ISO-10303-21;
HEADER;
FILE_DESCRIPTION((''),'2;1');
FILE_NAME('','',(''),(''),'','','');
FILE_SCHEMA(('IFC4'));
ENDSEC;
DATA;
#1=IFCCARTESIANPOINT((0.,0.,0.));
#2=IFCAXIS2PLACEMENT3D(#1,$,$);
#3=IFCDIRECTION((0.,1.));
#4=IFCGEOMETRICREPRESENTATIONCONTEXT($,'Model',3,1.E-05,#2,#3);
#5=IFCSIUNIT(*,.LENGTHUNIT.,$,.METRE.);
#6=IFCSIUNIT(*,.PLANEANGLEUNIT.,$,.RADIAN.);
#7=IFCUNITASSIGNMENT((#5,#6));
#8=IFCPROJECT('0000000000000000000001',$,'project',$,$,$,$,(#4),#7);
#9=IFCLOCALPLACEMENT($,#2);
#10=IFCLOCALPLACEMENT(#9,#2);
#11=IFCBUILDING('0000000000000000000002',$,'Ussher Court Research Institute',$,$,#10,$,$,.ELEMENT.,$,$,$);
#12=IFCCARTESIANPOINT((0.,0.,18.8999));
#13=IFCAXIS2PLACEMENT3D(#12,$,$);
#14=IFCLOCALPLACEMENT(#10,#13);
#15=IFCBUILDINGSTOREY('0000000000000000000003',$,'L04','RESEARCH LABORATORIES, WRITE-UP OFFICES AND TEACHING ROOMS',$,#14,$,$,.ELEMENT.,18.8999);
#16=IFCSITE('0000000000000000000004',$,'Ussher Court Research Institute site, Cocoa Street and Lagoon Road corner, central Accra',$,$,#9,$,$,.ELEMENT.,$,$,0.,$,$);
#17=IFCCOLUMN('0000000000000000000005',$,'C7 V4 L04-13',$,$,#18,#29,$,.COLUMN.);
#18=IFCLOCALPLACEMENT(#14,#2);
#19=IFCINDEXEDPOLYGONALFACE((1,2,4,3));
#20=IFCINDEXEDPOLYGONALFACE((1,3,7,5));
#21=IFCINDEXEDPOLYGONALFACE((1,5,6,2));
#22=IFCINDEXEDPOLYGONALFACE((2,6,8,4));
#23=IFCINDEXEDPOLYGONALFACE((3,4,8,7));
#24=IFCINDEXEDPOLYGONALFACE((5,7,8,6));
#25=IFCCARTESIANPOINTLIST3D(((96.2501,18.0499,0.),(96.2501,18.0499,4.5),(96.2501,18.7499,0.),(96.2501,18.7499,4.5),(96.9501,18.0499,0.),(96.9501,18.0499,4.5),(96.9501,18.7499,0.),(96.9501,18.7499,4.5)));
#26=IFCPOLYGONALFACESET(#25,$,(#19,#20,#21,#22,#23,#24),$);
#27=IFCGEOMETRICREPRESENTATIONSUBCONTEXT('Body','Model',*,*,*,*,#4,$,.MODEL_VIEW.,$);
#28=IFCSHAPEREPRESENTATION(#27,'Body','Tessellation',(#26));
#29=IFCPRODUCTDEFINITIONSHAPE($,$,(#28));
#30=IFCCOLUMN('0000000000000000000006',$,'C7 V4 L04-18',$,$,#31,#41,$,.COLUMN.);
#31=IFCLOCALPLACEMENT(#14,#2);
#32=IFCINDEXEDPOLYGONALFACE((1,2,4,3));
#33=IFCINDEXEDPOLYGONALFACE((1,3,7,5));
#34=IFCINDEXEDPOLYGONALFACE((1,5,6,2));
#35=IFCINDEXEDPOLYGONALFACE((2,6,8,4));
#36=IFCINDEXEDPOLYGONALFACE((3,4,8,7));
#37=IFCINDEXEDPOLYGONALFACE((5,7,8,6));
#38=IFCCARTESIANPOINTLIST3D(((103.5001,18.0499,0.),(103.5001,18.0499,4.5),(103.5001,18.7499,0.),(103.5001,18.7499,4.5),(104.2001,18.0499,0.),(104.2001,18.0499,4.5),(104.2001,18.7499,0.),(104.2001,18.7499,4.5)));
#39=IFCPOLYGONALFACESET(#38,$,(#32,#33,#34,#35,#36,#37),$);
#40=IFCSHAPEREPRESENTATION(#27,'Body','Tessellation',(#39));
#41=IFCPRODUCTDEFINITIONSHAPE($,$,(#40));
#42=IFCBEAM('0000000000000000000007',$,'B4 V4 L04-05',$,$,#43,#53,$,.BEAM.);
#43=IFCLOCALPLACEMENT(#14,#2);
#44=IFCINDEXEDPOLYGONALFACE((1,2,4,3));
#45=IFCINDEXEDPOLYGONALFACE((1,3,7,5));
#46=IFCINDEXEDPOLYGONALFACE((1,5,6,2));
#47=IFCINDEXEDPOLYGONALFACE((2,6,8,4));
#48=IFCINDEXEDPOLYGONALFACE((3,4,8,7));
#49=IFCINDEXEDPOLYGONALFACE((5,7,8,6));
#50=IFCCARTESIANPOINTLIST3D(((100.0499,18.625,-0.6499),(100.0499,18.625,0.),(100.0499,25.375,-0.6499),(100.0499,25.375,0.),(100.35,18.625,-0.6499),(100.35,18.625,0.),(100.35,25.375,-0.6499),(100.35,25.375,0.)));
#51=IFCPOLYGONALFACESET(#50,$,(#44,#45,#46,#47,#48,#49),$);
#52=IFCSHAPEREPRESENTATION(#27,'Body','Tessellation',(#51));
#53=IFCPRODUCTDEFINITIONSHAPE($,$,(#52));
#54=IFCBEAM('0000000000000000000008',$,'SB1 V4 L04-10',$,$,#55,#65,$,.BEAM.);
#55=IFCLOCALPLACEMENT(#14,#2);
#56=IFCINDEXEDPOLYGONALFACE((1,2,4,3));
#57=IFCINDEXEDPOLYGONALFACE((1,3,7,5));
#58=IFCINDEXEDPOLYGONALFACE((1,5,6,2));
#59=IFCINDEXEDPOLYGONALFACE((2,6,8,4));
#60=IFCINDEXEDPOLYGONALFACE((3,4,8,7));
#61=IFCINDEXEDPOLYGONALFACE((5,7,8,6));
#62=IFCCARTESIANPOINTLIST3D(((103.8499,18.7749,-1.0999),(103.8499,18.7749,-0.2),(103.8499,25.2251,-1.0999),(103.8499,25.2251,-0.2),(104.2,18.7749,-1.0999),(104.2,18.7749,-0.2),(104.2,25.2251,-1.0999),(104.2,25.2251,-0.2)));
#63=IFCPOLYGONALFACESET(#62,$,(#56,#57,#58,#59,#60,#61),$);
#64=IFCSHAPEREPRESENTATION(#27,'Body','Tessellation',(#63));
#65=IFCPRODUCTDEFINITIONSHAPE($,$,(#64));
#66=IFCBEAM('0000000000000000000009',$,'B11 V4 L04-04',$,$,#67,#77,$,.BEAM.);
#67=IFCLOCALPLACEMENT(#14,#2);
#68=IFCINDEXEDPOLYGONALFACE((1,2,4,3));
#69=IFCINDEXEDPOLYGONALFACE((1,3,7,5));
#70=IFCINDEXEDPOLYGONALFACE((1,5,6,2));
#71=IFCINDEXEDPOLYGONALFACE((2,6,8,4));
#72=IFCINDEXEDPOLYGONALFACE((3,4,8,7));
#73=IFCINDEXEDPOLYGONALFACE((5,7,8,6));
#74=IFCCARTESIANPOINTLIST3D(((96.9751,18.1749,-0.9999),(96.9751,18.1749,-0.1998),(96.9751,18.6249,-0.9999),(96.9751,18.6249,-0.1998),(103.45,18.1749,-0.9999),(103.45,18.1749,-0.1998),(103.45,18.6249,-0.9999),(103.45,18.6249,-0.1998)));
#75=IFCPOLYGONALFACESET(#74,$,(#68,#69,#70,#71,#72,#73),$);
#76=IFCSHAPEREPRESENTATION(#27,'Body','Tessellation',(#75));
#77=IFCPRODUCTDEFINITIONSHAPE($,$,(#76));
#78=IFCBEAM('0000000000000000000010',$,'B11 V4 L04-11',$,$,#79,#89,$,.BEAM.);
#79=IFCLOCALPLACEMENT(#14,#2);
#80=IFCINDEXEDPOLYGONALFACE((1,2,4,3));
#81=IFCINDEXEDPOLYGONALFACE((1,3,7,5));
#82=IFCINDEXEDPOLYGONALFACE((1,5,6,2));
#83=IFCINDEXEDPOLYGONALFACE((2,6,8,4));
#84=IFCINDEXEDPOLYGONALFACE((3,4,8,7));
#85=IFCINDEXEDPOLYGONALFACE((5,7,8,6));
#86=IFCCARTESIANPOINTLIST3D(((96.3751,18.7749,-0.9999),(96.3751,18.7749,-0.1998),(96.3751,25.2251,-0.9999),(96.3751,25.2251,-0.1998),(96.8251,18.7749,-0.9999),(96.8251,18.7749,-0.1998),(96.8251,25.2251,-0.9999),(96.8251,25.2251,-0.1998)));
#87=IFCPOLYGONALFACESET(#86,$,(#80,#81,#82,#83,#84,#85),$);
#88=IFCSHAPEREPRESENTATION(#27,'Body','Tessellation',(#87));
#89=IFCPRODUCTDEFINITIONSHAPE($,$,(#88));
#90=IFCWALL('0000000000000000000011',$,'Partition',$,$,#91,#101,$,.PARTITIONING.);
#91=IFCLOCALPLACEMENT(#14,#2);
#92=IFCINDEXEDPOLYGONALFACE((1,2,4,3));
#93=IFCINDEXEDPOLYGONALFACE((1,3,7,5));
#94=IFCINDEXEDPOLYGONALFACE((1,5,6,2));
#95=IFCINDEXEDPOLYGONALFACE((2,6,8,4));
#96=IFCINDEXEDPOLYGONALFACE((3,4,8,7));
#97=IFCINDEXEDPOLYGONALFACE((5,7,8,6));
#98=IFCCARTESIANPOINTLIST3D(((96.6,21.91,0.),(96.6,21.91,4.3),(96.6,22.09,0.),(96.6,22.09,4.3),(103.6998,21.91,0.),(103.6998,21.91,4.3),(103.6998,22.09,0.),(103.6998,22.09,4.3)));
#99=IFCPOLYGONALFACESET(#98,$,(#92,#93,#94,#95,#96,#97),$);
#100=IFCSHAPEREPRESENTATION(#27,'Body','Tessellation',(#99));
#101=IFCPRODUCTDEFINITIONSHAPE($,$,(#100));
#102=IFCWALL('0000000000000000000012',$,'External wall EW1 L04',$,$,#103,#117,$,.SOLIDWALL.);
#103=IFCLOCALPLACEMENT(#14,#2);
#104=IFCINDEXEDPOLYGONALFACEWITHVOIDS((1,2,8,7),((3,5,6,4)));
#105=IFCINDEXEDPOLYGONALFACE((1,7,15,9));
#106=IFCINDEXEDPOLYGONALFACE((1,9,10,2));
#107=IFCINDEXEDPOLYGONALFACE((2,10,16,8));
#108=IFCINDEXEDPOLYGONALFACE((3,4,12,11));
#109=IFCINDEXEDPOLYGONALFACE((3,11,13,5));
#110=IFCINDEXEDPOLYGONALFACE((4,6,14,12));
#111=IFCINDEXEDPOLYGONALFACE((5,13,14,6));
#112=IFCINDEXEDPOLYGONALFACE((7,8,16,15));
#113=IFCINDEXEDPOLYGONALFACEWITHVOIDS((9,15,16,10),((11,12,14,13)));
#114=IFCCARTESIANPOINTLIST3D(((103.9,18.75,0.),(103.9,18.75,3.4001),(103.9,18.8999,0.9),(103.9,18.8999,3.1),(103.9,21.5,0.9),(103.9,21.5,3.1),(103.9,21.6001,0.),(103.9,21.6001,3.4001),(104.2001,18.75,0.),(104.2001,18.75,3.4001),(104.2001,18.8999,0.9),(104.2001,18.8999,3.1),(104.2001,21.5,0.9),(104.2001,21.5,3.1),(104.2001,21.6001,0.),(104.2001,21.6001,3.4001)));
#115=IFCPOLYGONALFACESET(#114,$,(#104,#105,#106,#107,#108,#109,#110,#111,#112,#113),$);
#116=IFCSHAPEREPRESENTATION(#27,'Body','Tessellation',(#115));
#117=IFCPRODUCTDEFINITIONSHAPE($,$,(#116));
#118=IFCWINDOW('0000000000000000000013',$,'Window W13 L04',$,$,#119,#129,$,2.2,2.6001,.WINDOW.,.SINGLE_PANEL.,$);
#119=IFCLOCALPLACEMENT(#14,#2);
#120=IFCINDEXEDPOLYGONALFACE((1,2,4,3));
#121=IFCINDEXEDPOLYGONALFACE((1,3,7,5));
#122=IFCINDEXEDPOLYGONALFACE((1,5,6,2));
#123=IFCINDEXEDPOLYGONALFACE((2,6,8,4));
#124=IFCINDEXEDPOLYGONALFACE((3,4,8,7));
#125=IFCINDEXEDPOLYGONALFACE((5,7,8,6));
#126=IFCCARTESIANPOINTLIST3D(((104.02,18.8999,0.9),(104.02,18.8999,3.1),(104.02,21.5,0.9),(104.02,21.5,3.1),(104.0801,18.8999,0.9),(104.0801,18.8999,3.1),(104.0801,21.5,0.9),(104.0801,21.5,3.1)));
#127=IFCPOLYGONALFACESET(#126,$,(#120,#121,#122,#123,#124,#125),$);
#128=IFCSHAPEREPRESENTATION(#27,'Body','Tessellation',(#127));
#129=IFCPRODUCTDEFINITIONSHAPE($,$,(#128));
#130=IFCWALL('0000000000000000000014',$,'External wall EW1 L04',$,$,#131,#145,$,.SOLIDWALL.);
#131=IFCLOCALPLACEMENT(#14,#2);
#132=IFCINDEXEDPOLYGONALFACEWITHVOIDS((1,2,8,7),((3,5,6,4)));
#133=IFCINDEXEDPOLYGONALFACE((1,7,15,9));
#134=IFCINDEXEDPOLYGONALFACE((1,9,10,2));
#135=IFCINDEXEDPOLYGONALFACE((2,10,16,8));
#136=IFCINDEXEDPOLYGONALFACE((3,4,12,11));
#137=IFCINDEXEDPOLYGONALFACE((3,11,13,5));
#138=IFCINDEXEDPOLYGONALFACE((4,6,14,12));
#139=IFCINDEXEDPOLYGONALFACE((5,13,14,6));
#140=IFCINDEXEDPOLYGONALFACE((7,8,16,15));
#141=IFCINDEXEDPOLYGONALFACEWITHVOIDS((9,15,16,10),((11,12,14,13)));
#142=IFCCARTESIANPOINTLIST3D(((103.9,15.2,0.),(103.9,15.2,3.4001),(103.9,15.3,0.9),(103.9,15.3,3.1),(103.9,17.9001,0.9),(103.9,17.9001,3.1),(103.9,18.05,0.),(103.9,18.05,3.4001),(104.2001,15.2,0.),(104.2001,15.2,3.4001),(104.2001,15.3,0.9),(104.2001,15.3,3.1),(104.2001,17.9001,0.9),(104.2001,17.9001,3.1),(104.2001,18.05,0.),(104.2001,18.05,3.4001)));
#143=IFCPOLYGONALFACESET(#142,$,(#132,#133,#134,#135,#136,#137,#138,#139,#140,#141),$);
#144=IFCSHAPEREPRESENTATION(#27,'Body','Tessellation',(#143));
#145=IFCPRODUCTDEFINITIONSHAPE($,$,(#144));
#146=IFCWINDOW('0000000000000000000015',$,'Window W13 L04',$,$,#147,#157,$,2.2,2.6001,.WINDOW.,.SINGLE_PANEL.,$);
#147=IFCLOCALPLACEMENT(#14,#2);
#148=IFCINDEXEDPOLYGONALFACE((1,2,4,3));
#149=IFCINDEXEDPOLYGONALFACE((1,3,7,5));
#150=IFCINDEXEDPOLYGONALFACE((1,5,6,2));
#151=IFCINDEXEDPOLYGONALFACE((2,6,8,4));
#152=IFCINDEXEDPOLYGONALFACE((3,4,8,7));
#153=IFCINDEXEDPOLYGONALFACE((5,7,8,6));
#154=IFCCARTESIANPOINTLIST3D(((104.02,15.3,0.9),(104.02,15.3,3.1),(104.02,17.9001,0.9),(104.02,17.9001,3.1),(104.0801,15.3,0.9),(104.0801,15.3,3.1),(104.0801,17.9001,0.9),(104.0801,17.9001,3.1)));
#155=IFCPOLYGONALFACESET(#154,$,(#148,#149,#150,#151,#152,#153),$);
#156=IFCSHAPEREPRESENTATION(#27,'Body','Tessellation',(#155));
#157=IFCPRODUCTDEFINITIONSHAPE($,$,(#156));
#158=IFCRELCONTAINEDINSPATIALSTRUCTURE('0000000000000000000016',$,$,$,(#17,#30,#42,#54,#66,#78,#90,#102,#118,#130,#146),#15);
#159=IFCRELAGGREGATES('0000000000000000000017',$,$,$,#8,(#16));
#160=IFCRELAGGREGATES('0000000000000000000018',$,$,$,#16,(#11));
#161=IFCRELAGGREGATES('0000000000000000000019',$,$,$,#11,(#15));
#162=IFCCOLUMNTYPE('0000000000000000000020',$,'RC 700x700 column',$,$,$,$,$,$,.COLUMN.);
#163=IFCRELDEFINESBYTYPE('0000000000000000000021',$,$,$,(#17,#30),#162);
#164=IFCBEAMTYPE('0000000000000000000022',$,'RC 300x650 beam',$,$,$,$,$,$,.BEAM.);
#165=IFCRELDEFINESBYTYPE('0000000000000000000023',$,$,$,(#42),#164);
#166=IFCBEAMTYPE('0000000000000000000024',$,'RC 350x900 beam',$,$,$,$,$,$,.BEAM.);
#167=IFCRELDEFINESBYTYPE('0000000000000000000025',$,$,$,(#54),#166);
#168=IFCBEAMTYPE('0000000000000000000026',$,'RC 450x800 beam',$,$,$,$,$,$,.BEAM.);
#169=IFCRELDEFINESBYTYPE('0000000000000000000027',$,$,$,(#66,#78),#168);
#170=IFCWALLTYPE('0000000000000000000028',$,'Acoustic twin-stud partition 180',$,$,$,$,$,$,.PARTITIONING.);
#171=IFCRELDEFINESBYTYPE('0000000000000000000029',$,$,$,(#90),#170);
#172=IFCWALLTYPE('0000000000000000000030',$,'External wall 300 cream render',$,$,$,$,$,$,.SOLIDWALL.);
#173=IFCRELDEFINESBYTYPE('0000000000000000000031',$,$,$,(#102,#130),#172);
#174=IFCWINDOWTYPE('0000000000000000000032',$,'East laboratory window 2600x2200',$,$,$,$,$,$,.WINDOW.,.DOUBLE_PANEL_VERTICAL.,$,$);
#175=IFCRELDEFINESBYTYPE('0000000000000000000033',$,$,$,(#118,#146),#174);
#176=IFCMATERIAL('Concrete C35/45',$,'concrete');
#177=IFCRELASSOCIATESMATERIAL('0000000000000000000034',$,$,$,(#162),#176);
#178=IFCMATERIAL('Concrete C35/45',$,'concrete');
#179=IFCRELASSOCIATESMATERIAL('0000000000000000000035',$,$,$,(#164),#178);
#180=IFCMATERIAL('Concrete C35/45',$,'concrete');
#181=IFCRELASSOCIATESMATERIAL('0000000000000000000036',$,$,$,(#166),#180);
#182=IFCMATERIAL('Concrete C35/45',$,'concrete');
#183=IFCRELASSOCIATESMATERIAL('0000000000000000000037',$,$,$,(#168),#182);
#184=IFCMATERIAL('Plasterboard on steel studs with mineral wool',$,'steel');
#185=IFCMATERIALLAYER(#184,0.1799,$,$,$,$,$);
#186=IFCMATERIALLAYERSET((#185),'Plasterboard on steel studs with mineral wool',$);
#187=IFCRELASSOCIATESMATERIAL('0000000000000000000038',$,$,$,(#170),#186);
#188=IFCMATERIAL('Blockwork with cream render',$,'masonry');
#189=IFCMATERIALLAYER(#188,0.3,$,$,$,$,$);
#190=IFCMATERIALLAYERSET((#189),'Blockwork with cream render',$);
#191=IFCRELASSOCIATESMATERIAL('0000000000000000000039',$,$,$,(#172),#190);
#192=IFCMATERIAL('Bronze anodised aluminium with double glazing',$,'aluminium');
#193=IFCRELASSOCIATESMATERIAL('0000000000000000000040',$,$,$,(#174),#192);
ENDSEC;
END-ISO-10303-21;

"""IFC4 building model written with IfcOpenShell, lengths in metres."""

from ifc_helpers import new_model, si_unit, direction, frame, frame_2d, origin, origin_2d, place, context, subcontext, project, spatial, rectangle, extrude, material, layer, layer_set, material_profile, profile_set, type_object, element, fill, save


model = new_model("IFC4")

# Units and contexts
model_context = context("Model", 3, precision=1e-05, world=origin(), true_north=direction((0.0, 1.0)))
body_context = subcontext(model_context, "Body", "Model", "MODEL_VIEW")
ifc_project = project(units=[si_unit("LENGTHUNIT", "METRE"), si_unit("PLANEANGLEUNIT", "RADIAN")], contexts=[model_context])

# Site, building, storey
site_placement = place(None, origin())
site = spatial("IfcSite", under=ifc_project, at=site_placement, Name="Ussher Court Research Institute site, Cocoa Street and Lagoon Road corner, central Accra", CompositionType="ELEMENT", RefElevation=0.0)
building_placement = place(site_placement, origin())
building = spatial("IfcBuilding", under=site, at=building_placement, Name="Ussher Court Research Institute", CompositionType="ELEMENT")
storey_placement = place(building_placement, frame((0.0, 0.0, 18.8999)))
storey = spatial("IfcBuildingStorey", under=building, at=storey_placement, Name="L04", Description="RESEARCH LABORATORIES, WRITE-UP OFFICES AND TEACHING ROOMS", CompositionType="ELEMENT", Elevation=18.8999)

# Columns
ifc_material_1 = material(Name="Concrete C35/45", Category="concrete")
ifc_material_profile_1 = material_profile(ifc_material_1, rectangle(XDim=0.7, YDim=0.7, at=origin_2d()), Name="RC 700x700")
ifc_profile_set_1 = profile_set([ifc_material_profile_1], Name="Concrete C35/45")
column_type = type_object("IfcColumnType", Name="RC 700x700 column", PredefinedType="COLUMN", material=ifc_profile_set_1)
for number, where, z_axis, x_axis, name in (
    (1, (96.6001, 18.3999, 0.0), (0.0, 0.0, 1.0), (1.0, 0.0, 0.0), "C7 V4 L04-13"),
    (2, (103.8501, 18.3999, 0.0), (0.0, 0.0, 1.0), (1.0, 0.0, 0.0), "C7 V4 L04-18"),
):
    element("IfcColumn", number, at=place(storey_placement, frame(where, z_axis=z_axis, x_axis=x_axis)), inside=storey, type_object=column_type, Name=name, PredefinedType="COLUMN", context=body_context, shape_type="SweptSolid", body=[
        extrude(rectangle(XDim=0.7, YDim=0.7, at=origin_2d()), origin(), (0.0, 0.0, 1.0), 4.5),
    ])

# Beams
ifc_material_2 = material(Name="Concrete C35/45", Category="concrete")
ifc_material_profile_2 = material_profile(ifc_material_2, rectangle(XDim=0.3, YDim=0.6499, at=origin_2d()), Name="RC 300x650")
ifc_profile_set_2 = profile_set([ifc_material_profile_2], Name="Concrete C35/45")
beam_type_1 = type_object("IfcBeamType", Name="RC 300x650 beam", PredefinedType="BEAM", material=ifc_profile_set_2)
beam_1_placement = place(storey_placement, frame((100.2, 18.625, -0.325), z_axis=(0.0, 1.0, 0.0), x_axis=(-1.0, 0.0, 0.0)))
element("IfcBeam", 3, at=beam_1_placement, inside=storey, type_object=beam_type_1, Name="B4 V4 L04-05", PredefinedType="BEAM", context=body_context, shape_type="SweptSolid", body=[
    extrude(rectangle(XDim=0.3, YDim=0.6499, at=origin_2d()), origin(), (0.0, 0.0, 1.0), 6.75),
])
ifc_material_3 = material(Name="Concrete C35/45", Category="concrete")
ifc_material_profile_3 = material_profile(ifc_material_3, rectangle(XDim=0.3501, YDim=0.8999, at=origin_2d()), Name="RC 350x900")
ifc_profile_set_3 = profile_set([ifc_material_profile_3], Name="Concrete C35/45")
beam_type_2 = type_object("IfcBeamType", Name="RC 350x900 beam", PredefinedType="BEAM", material=ifc_profile_set_3)
beam_2_placement = place(storey_placement, frame((104.0249, 18.7749, -0.6499), z_axis=(0.0, 1.0, 0.0), x_axis=(-1.0, 0.0, 0.0)))
element("IfcBeam", 4, at=beam_2_placement, inside=storey, type_object=beam_type_2, Name="SB1 V4 L04-10", PredefinedType="BEAM", context=body_context, shape_type="SweptSolid", body=[
    extrude(rectangle(XDim=0.3501, YDim=0.8999, at=origin_2d()), origin(), (0.0, 0.0, 1.0), 6.4502),
])
ifc_material_4 = material(Name="Concrete C35/45", Category="concrete")
ifc_material_profile_4 = material_profile(ifc_material_4, rectangle(XDim=0.45, YDim=0.8, at=origin_2d()), Name="RC 450x800")
ifc_profile_set_4 = profile_set([ifc_material_profile_4], Name="Concrete C35/45")
beam_type_3 = type_object("IfcBeamType", Name="RC 450x800 beam", PredefinedType="BEAM", material=ifc_profile_set_4)
beam_3_placement = place(storey_placement, frame((96.9751, 18.3999, -0.5999), z_axis=(1.0, 0.0, 0.0), x_axis=(0.0, 1.0, 0.0)))
element("IfcBeam", 5, at=beam_3_placement, inside=storey, type_object=beam_type_3, Name="B11 V4 L04-04", PredefinedType="BEAM", context=body_context, shape_type="SweptSolid", body=[
    extrude(rectangle(XDim=0.45, YDim=0.8, at=origin_2d()), origin(), (0.0, 0.0, 1.0), 6.4749),
])
beam_4_placement = place(storey_placement, frame((96.6001, 18.7749, -0.5999), z_axis=(0.0, 1.0, 0.0), x_axis=(-1.0, 0.0, 0.0)))
element("IfcBeam", 6, at=beam_4_placement, inside=storey, type_object=beam_type_3, Name="B11 V4 L04-11", PredefinedType="BEAM", context=body_context, shape_type="SweptSolid", body=[
    extrude(rectangle(XDim=0.45, YDim=0.8, at=origin_2d()), origin(), (0.0, 0.0, 1.0), 6.4502),
])

# Wall
ifc_material_5 = material(Name="Plasterboard on steel studs with mineral wool", Category="steel")
ifc_layer_1 = layer(ifc_material_5, 0.1799)
ifc_layer_set_1 = layer_set([ifc_layer_1], Name="Plasterboard on steel studs with mineral wool")
wall_type_1 = type_object("IfcWallType", Name="Acoustic twin-stud partition 180", PredefinedType="PARTITIONING", material=ifc_layer_set_1)
wall_1_placement = place(storey_placement, frame((96.6001, 22.0, 0.0), z_axis=(0.0, 0.0, 1.0), x_axis=(1.0, 0.0, 0.0)))
element("IfcWall", 7, at=wall_1_placement, inside=storey, type_object=wall_type_1, Name="Partition", PredefinedType="PARTITIONING", context=body_context, shape_type="SweptSolid", body=[
    extrude(rectangle(XDim=7.0999, YDim=0.1799, at=frame_2d((3.5498, 0.0))), origin(), (0.0, 0.0, 1.0), 4.3),
])

# Walls, openings, windows
ifc_material_6 = material(Name="Blockwork with cream render", Category="masonry")
ifc_layer_2 = layer(ifc_material_6, 0.3)
ifc_layer_set_2 = layer_set([ifc_layer_2], Name="Blockwork with cream render")
wall_type_2 = type_object("IfcWallType", Name="External wall 300 cream render", PredefinedType="SOLIDWALL", material=ifc_layer_set_2)
wall_2_placement = place(storey_placement, frame((104.05, 21.6001, 0.0), z_axis=(0.0, 0.0, 1.0), x_axis=(0.0, -1.0, 0.0)))
wall_2 = element("IfcWall", 8, at=wall_2_placement, inside=storey, type_object=wall_type_2, Name="External wall EW1 L04", PredefinedType="SOLIDWALL", context=body_context, shape_type="SweptSolid", body=[
    extrude(rectangle(XDim=2.8501, YDim=0.3, at=frame_2d((1.425, 0.0))), origin(), (0.0, 0.0, 1.0), 3.4001),
])
opening_1_placement = place(wall_2_placement, frame((0.1001, 0.0, 0.8999)))
opening_1 = element("IfcOpeningElement", 9, at=opening_1_placement, cuts=wall_2, PredefinedType="OPENING", context=body_context, shape_type="SweptSolid", body=[
    extrude(rectangle(XDim=2.6001, YDim=2.2, at=frame_2d((1.3, 1.1001))), frame((0.0, 0.1602, 0.0), z_axis=(0.0, -1.0, 0.0), x_axis=(1.0, 0.0, 0.0)), (0.0, 0.0, 1.0), 0.3201),
])
ifc_material_7 = material(Name="Bronze anodised aluminium with double glazing", Category="aluminium")
window_type = type_object("IfcWindowType", Name="East laboratory window 2600x2200", PartitioningType="DOUBLE_PANEL_VERTICAL", PredefinedType="WINDOW", material=ifc_material_7)
window_1_placement = place(opening_1_placement, origin())
window_1 = element("IfcWindow", 10, at=window_1_placement, inside=storey, type_object=window_type, Name="Window W13 L04", OverallHeight=2.2, OverallWidth=2.6001, PartitioningType="SINGLE_PANEL", PredefinedType="WINDOW", context=body_context, shape_type="SweptSolid", body=[
    extrude(rectangle(XDim=2.6001, YDim=2.2, at=frame_2d((1.3, 1.1001))), frame((0.0, 0.03, 0.0), z_axis=(0.0, -1.0, 0.0), x_axis=(1.0, 0.0, 0.0)), (0.0, 0.0, 1.0), 0.0601),
])
fill(opening_1, window_1)
wall_3_placement = place(storey_placement, frame((104.05, 18.05, 0.0), z_axis=(0.0, 0.0, 1.0), x_axis=(0.0, -1.0, 0.0)))
wall_3 = element("IfcWall", 11, at=wall_3_placement, inside=storey, type_object=wall_type_2, Name="External wall EW1 L04", PredefinedType="SOLIDWALL", context=body_context, shape_type="SweptSolid", body=[
    extrude(rectangle(XDim=2.8501, YDim=0.3, at=frame_2d((1.425, 0.0))), origin(), (0.0, 0.0, 1.0), 3.4001),
])
opening_2_placement = place(wall_3_placement, frame((0.1499, 0.0, 0.8999)))
opening_2 = element("IfcOpeningElement", 12, at=opening_2_placement, cuts=wall_3, PredefinedType="OPENING", context=body_context, shape_type="SweptSolid", body=[
    extrude(rectangle(XDim=2.6001, YDim=2.2, at=frame_2d((1.3, 1.1001))), frame((0.0, 0.1602, 0.0), z_axis=(0.0, -1.0, 0.0), x_axis=(1.0, 0.0, 0.0)), (0.0, 0.0, 1.0), 0.3201),
])
window_2_placement = place(opening_2_placement, origin())
window_2 = element("IfcWindow", 13, at=window_2_placement, inside=storey, type_object=window_type, Name="Window W13 L04", OverallHeight=2.2, OverallWidth=2.6001, PartitioningType="SINGLE_PANEL", PredefinedType="WINDOW", context=body_context, shape_type="SweptSolid", body=[
    extrude(rectangle(XDim=2.6001, YDim=2.2, at=frame_2d((1.3, 1.1001))), frame((0.0, 0.03, 0.0), z_axis=(0.0, -1.0, 0.0), x_axis=(1.0, 0.0, 0.0)), (0.0, 0.0, 1.0), 0.0601),
])
fill(opening_2, window_2)

save(model, "model.ifc")
